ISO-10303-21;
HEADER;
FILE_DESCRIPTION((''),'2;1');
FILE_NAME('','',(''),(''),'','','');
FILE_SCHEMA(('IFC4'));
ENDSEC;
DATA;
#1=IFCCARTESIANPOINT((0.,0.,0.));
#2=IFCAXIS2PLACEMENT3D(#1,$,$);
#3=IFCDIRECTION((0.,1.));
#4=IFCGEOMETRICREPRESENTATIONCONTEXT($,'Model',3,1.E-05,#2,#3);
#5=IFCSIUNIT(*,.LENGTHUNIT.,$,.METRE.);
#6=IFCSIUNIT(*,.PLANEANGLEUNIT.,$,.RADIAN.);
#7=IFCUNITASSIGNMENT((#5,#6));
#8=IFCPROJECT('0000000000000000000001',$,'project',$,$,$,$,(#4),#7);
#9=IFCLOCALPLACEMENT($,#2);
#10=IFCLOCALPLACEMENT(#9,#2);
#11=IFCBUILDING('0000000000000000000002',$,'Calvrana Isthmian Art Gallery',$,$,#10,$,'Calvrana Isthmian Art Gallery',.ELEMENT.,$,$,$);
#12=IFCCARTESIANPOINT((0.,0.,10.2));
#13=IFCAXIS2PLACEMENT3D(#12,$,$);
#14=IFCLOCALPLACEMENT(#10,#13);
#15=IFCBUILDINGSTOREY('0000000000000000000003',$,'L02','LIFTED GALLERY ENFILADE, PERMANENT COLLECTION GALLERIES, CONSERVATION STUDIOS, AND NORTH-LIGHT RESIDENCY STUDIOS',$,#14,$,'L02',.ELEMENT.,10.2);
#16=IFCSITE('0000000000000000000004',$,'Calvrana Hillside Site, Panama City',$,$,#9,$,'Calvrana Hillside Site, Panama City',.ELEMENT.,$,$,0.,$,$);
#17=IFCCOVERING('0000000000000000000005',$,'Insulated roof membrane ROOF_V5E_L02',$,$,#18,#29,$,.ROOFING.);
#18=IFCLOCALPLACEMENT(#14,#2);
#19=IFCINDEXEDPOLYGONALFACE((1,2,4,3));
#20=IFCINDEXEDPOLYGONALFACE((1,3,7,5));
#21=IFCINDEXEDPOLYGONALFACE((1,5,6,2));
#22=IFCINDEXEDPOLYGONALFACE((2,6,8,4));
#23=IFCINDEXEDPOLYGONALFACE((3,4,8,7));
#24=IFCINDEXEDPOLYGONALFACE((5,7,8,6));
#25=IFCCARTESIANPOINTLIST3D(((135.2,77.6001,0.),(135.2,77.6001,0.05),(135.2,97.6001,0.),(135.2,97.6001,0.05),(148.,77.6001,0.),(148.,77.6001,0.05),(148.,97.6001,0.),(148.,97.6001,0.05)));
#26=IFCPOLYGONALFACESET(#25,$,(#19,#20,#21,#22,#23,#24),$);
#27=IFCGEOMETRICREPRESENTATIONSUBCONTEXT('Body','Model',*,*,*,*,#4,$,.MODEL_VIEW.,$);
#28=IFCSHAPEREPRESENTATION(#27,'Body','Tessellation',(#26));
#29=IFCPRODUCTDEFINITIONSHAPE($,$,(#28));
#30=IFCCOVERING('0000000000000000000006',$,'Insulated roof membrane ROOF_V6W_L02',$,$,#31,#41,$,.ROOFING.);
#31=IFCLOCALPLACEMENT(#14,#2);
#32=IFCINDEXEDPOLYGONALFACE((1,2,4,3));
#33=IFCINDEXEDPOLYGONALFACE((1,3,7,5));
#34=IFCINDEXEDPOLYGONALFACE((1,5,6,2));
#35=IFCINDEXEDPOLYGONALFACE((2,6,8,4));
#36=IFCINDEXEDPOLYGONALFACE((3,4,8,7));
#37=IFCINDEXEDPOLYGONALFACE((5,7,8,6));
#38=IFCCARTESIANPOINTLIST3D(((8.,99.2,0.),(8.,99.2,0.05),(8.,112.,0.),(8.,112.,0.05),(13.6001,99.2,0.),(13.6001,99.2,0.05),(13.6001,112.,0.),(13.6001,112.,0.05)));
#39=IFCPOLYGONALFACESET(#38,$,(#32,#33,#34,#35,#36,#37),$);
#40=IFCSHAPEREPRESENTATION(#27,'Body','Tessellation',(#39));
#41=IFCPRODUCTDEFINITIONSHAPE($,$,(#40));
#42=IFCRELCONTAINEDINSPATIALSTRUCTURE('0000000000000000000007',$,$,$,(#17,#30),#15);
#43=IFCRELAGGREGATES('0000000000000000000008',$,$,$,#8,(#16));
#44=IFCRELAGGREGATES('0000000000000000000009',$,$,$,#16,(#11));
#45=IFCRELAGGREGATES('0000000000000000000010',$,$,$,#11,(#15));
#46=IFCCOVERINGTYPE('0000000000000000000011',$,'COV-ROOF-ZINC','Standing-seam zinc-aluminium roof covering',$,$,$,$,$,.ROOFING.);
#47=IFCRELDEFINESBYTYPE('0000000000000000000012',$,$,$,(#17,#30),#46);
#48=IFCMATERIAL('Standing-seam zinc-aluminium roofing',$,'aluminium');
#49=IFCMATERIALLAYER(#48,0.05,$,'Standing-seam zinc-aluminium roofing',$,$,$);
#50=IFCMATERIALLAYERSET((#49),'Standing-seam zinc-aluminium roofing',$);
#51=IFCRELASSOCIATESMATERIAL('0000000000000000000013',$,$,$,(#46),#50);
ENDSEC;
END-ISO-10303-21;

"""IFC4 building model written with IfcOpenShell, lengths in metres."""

from ifc_helpers import new_model, si_unit, direction, frame, origin, place, context, subcontext, project, spatial, polyline, outline, extrude, material, layer, layer_set, type_object, element, save


model = new_model("IFC4")

# Units and contexts
model_context = context("Model", 3, precision=1e-05, world=origin(), true_north=direction((0.0, 1.0)))
body_context = subcontext(model_context, "Body", "Model", "MODEL_VIEW")
ifc_project = project(units=[si_unit("LENGTHUNIT", "METRE"), si_unit("PLANEANGLEUNIT", "RADIAN")], contexts=[model_context])

# Site, building, storey
site_placement = place(None, origin())
site = spatial("IfcSite", under=ifc_project, at=site_placement, Name="Calvrana Hillside Site, Panama City", LongName="Calvrana Hillside Site, Panama City", CompositionType="ELEMENT", RefElevation=0.0)
building_placement = place(site_placement, origin())
building = spatial("IfcBuilding", under=site, at=building_placement, Name="Calvrana Isthmian Art Gallery", LongName="Calvrana Isthmian Art Gallery", CompositionType="ELEMENT")
storey_placement = place(building_placement, frame((0.0, 0.0, 10.2)))
storey = spatial("IfcBuildingStorey", under=building, at=storey_placement, Name="L02", Description="LIFTED GALLERY ENFILADE, PERMANENT COLLECTION GALLERIES, CONSERVATION STUDIOS, AND NORTH-LIGHT RESIDENCY STUDIOS", LongName="L02", CompositionType="ELEMENT", Elevation=10.2)

# Coverings
ifc_material_1 = material(Name="Standing-seam zinc-aluminium roofing", Category="aluminium")
ifc_layer_1 = layer(ifc_material_1, 0.05, Name="Standing-seam zinc-aluminium roofing")
ifc_layer_set_1 = layer_set([ifc_layer_1], Name="Standing-seam zinc-aluminium roofing")
covering_type_1 = type_object("IfcCoveringType", Name="COV-ROOF-ZINC", Description="Standing-seam zinc-aluminium roof covering", PredefinedType="ROOFING", material=ifc_layer_set_1)
covering_1_placement = place(storey_placement, origin())
element("IfcCovering", 1, at=covering_1_placement, inside=storey, type_object=covering_type_1, Name="Insulated roof membrane ROOF_V5E_L02", PredefinedType="ROOFING", context=body_context, shape_type="SweptSolid", body=[
    extrude(outline(polyline([(135.2, 77.6001), (148.0, 77.6001), (148.0, 97.6001), (135.2, 97.6001), (135.2, 77.6001)])), origin(), (0.0, 0.0, 1.0), 0.05),
])
covering_2_placement = place(storey_placement, origin())
element("IfcCovering", 2, at=covering_2_placement, inside=storey, type_object=covering_type_1, Name="Insulated roof membrane ROOF_V6W_L02", PredefinedType="ROOFING", context=body_context, shape_type="SweptSolid", body=[
    extrude(outline(polyline([(8.0, 99.2), (13.6001, 99.2), (13.6001, 112.0), (8.0, 112.0), (8.0, 99.2)])), origin(), (0.0, 0.0, 1.0), 0.05),
])

save(model, "model.ifc")
